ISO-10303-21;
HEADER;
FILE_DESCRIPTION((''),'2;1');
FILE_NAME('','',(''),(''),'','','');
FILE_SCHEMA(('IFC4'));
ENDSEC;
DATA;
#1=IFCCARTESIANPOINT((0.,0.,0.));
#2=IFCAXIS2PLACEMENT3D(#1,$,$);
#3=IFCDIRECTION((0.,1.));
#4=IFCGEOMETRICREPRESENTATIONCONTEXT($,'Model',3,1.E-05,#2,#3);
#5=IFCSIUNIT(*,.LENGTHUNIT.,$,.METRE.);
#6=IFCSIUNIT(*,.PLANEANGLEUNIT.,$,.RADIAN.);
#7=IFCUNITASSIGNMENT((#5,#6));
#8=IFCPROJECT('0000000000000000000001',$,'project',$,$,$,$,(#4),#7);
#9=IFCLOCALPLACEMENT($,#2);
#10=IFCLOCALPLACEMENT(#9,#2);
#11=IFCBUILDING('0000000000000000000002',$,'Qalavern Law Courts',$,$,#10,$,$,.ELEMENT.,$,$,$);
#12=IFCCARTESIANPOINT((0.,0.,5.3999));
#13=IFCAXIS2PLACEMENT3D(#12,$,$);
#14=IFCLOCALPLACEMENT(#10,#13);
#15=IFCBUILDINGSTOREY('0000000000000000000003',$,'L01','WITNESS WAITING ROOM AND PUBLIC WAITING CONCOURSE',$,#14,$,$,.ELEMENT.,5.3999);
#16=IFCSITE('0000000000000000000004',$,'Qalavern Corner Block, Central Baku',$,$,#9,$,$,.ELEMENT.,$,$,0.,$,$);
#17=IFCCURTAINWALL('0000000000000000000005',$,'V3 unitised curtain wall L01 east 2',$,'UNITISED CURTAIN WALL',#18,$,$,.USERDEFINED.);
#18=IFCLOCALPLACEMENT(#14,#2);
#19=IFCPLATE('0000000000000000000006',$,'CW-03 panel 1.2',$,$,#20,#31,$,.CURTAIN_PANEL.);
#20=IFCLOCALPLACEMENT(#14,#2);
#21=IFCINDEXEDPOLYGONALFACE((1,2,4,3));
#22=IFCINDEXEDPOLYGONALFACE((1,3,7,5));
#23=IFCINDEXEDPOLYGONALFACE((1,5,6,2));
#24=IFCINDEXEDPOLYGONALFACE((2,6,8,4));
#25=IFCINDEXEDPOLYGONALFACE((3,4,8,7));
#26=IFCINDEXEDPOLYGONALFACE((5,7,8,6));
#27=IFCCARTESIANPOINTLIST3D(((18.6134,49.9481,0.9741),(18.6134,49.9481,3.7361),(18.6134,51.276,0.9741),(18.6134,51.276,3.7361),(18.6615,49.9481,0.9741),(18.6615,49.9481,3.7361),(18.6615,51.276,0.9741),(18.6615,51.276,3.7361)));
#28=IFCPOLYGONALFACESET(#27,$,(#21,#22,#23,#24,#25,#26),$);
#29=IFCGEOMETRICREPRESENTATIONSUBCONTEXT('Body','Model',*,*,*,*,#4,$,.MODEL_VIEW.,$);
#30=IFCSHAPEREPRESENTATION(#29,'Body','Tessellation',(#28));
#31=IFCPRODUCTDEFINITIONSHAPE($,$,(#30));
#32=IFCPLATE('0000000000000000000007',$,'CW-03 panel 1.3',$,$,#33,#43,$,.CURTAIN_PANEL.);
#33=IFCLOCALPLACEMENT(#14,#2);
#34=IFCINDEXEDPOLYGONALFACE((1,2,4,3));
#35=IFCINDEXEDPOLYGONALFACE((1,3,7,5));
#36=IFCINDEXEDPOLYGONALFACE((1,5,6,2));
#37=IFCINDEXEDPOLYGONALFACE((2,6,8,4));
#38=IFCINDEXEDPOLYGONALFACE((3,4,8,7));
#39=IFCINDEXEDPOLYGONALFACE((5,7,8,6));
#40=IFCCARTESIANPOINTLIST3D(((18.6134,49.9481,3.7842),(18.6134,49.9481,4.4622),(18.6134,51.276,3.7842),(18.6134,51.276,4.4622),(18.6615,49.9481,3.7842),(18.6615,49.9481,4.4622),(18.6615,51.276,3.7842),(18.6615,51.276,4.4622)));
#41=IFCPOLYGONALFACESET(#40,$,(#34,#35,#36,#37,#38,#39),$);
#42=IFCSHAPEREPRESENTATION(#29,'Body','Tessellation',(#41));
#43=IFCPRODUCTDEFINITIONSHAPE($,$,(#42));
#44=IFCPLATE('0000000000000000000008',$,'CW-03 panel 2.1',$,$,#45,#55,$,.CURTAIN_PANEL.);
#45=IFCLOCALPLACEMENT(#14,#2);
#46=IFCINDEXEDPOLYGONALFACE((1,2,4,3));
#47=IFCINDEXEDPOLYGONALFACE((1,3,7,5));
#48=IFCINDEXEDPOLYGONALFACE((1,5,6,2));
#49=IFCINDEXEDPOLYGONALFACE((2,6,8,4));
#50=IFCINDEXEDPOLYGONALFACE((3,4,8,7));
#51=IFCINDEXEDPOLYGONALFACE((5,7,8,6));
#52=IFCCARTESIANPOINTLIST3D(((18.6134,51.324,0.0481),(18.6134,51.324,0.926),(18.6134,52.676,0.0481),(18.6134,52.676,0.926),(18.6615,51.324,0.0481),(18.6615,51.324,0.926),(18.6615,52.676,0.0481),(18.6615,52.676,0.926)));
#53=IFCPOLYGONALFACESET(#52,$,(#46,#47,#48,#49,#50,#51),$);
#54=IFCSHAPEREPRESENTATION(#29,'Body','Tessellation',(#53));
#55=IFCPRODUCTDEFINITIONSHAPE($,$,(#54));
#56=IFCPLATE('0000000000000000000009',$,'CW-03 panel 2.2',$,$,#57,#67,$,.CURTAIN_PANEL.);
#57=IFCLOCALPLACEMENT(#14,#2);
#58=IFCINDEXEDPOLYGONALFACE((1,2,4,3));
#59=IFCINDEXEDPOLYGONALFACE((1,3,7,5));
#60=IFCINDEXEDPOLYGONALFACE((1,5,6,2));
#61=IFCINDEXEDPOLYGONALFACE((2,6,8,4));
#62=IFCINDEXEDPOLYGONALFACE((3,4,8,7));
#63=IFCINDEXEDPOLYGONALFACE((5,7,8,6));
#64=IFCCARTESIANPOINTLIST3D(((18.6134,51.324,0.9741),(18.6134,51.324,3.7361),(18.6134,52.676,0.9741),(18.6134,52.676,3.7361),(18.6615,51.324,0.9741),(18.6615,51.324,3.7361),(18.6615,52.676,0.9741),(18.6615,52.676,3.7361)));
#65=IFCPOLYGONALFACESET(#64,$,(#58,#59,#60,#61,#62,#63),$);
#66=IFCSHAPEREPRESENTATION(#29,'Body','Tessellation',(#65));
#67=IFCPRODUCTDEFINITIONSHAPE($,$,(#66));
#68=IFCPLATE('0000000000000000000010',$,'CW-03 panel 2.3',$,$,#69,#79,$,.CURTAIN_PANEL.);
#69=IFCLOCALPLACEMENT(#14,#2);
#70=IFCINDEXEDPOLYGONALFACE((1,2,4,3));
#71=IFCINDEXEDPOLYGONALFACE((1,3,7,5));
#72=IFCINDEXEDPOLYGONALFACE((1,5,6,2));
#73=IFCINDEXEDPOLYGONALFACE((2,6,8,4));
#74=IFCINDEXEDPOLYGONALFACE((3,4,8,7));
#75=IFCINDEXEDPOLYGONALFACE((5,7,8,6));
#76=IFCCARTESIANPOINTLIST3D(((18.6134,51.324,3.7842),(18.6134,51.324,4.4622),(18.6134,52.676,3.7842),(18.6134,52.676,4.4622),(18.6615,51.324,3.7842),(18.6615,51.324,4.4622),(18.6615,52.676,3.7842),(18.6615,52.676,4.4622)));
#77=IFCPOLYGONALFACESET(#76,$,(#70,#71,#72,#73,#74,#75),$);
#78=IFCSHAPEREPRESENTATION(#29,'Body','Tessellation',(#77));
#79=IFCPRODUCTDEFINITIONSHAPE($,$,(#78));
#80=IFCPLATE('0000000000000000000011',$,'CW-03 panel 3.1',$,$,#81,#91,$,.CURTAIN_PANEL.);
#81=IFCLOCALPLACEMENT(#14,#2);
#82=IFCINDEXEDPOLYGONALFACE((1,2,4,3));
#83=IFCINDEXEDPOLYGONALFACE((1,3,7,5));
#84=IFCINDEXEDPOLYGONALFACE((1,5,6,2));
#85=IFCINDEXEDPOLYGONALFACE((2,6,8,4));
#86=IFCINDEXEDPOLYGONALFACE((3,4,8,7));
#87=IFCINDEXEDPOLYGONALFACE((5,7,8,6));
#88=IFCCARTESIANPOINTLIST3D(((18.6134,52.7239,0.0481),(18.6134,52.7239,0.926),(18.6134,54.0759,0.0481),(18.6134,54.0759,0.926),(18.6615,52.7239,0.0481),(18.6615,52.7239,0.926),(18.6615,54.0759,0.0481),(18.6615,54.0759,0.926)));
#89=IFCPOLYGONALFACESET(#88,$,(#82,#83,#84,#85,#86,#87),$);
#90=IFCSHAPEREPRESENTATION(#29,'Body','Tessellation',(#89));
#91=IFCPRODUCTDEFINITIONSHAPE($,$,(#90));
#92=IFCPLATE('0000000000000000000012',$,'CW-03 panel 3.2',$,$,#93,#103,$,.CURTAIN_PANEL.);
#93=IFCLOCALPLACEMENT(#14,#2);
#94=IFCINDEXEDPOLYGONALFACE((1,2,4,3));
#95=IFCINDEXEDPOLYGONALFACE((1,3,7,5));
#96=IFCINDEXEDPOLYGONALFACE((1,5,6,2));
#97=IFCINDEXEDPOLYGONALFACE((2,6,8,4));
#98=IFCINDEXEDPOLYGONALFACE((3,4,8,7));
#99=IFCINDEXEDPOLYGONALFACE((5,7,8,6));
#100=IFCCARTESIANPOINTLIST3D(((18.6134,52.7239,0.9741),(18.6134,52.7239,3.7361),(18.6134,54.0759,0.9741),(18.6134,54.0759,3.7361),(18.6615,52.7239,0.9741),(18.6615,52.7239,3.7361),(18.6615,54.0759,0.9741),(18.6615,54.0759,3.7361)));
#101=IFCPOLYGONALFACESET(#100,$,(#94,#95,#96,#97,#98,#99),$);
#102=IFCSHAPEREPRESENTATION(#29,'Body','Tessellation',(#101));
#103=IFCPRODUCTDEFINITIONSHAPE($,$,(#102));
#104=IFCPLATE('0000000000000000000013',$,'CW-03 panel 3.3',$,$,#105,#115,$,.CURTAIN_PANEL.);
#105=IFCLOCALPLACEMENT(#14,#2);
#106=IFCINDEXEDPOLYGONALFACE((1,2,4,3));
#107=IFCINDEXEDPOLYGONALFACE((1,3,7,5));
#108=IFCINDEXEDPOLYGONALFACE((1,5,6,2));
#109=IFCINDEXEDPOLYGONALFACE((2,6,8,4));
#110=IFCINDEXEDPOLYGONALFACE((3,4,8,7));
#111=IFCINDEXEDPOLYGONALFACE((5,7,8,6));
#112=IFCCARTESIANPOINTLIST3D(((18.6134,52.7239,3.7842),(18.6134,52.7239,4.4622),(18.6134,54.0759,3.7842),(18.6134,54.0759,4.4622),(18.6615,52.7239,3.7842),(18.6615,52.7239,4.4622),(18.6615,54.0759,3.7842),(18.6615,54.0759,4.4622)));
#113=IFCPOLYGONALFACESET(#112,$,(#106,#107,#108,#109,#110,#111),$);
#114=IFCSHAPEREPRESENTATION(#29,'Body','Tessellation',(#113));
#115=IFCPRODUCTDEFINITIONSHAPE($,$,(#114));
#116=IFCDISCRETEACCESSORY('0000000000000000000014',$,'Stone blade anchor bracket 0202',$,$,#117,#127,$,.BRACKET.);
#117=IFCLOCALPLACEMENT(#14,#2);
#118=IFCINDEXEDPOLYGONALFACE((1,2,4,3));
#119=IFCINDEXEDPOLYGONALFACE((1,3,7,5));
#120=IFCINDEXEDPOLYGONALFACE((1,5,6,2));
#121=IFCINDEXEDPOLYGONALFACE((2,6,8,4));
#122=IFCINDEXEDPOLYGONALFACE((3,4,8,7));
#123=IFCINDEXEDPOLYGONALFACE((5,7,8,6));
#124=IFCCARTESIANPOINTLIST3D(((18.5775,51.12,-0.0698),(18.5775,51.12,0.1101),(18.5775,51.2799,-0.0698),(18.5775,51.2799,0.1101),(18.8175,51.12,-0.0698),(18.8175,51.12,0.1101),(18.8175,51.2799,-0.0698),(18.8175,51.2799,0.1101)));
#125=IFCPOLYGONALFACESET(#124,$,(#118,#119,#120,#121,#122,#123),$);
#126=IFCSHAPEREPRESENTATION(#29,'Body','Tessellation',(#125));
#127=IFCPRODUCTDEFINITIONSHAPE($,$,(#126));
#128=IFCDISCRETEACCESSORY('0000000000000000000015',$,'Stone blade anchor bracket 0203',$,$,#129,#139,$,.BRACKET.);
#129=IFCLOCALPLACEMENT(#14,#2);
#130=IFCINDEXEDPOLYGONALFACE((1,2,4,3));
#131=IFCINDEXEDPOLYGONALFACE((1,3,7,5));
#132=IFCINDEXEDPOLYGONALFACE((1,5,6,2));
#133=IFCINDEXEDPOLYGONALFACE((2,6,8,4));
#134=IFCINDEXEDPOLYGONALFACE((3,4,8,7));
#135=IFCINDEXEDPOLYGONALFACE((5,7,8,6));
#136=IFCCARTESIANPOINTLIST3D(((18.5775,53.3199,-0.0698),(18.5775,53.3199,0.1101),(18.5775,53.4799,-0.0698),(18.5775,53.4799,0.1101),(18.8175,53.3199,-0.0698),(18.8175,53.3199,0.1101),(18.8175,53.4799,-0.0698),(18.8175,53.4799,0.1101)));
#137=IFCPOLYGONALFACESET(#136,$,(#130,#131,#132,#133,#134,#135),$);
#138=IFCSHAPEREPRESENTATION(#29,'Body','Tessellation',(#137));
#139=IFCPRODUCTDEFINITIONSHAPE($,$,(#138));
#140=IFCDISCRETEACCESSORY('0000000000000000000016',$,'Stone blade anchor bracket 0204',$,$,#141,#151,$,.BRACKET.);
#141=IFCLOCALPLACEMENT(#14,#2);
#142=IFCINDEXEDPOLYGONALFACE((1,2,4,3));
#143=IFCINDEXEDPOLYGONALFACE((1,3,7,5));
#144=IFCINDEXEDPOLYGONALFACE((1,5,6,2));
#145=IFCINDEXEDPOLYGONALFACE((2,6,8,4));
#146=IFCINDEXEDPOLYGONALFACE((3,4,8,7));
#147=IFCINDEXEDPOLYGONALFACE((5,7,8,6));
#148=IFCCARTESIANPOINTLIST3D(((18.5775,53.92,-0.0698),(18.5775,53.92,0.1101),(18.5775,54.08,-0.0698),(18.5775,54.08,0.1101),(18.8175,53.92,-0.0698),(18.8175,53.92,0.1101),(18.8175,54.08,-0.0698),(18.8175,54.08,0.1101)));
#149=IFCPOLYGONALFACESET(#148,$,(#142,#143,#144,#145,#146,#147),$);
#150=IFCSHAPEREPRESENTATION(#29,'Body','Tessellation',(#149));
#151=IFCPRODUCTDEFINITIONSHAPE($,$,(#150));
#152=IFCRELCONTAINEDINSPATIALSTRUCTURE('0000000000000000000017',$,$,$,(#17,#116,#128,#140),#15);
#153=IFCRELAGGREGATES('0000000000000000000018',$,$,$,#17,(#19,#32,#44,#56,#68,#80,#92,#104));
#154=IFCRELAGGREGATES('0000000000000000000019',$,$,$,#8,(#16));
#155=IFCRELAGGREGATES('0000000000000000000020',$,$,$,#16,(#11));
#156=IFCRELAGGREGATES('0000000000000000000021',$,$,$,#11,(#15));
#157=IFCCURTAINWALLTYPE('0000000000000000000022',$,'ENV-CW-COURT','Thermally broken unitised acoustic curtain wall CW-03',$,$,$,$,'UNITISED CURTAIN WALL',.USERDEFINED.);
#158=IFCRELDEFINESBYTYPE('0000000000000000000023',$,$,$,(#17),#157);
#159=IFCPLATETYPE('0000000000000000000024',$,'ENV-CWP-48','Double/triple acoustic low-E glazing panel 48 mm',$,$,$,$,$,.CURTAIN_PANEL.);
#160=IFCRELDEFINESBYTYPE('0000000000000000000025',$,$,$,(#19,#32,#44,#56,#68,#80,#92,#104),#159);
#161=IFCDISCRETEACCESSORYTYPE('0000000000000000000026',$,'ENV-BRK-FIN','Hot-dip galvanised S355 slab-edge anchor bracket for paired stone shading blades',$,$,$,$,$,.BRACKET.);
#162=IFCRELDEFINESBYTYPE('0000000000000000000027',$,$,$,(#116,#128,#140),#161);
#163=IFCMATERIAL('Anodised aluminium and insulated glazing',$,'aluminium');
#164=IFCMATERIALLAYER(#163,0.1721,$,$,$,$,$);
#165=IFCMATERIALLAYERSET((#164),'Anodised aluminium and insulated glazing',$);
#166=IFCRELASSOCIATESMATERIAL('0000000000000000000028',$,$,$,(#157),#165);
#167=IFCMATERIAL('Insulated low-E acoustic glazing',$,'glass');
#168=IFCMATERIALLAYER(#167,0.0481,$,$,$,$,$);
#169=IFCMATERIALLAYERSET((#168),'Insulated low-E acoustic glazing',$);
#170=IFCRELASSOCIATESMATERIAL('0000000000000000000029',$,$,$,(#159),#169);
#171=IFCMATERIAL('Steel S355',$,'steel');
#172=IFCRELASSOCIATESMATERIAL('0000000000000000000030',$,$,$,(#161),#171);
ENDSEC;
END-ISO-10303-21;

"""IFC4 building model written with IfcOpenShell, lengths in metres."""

from ifc_helpers import new_model, si_unit, direction, frame, origin, origin_2d, place, context, subcontext, project, spatial, rectangle, extrude, material, layer, layer_set, type_object, element, aggregate, save


model = new_model("IFC4")

# Units and contexts
model_context = context("Model", 3, precision=1e-05, world=origin(), true_north=direction((0.0, 1.0)))
body_context = subcontext(model_context, "Body", "Model", "MODEL_VIEW")
ifc_project = project(units=[si_unit("LENGTHUNIT", "METRE"), si_unit("PLANEANGLEUNIT", "RADIAN")], contexts=[model_context])

# Site, building, storey
site_placement = place(None, origin())
site = spatial("IfcSite", under=ifc_project, at=site_placement, Name="Qalavern Corner Block, Central Baku", CompositionType="ELEMENT", RefElevation=0.0)
building_placement = place(site_placement, origin())
building = spatial("IfcBuilding", under=site, at=building_placement, Name="Qalavern Law Courts", CompositionType="ELEMENT")
storey_placement = place(building_placement, frame((0.0, 0.0, 5.3999)))
storey = spatial("IfcBuildingStorey", under=building, at=storey_placement, Name="L01", Description="WITNESS WAITING ROOM AND PUBLIC WAITING CONCOURSE", CompositionType="ELEMENT", Elevation=5.3999)

# Curtain wall, plates
ifc_material_1 = material(Name="Anodised aluminium and insulated glazing", Category="aluminium")
ifc_layer_1 = layer(ifc_material_1, 0.1721)
ifc_layer_set_1 = layer_set([ifc_layer_1], Name="Anodised aluminium and insulated glazing")
curtain_wall_type = type_object("IfcCurtainWallType", Name="ENV-CW-COURT", Description="Thermally broken unitised acoustic curtain wall CW-03", ElementType="UNITISED CURTAIN WALL", PredefinedType="USERDEFINED", material=ifc_layer_set_1)
curtain_wall_placement = place(storey_placement, origin())
curtain_wall = element("IfcCurtainWall", 1, at=curtain_wall_placement, inside=storey, type_object=curtain_wall_type, Name="V3 unitised curtain wall L01 east 2", ObjectType="UNITISED CURTAIN WALL", PredefinedType="USERDEFINED")
ifc_material_2 = material(Name="Insulated low-E acoustic glazing", Category="glass")
ifc_layer_2 = layer(ifc_material_2, 0.0481)
ifc_layer_set_2 = layer_set([ifc_layer_2], Name="Insulated low-E acoustic glazing")
plate_type = type_object("IfcPlateType", Name="ENV-CWP-48", Description="Double/triple acoustic low-E glazing panel 48 mm", PredefinedType="CURTAIN_PANEL", material=ifc_layer_set_2)
plate_1_placement = place(storey_placement, frame((18.6375, 50.6121, 0.9741), z_axis=(0.0, 0.0, 1.0), x_axis=(0.0, 1.0, 0.0)))
plate_1 = element("IfcPlate", 2, at=plate_1_placement, type_object=plate_type, Name="CW-03 panel 1.2", PredefinedType="CURTAIN_PANEL", context=body_context, shape_type="SweptSolid", body=[
    extrude(rectangle(XDim=1.3279, YDim=0.0481, at=origin_2d()), origin(), (0.0, 0.0, 1.0), 2.762),
])
plate_2_placement = place(storey_placement, frame((18.6375, 50.6121, 3.7842), z_axis=(0.0, 0.0, 1.0), x_axis=(0.0, 1.0, 0.0)))
plate_2 = element("IfcPlate", 3, at=plate_2_placement, type_object=plate_type, Name="CW-03 panel 1.3", PredefinedType="CURTAIN_PANEL", context=body_context, shape_type="SweptSolid", body=[
    extrude(rectangle(XDim=1.3279, YDim=0.0481, at=origin_2d()), origin(), (0.0, 0.0, 1.0), 0.678),
])
plate_3_placement = place(storey_placement, frame((18.6375, 52.0, 0.0481), z_axis=(0.0, 0.0, 1.0), x_axis=(0.0, 1.0, 0.0)))
plate_3 = element("IfcPlate", 4, at=plate_3_placement, type_object=plate_type, Name="CW-03 panel 2.1", PredefinedType="CURTAIN_PANEL", context=body_context, shape_type="SweptSolid", body=[
    extrude(rectangle(XDim=1.3521, YDim=0.0481, at=origin_2d()), origin(), (0.0, 0.0, 1.0), 0.8779),
])
plate_4_placement = place(storey_placement, frame((18.6375, 52.0, 0.9741), z_axis=(0.0, 0.0, 1.0), x_axis=(0.0, 1.0, 0.0)))
plate_4 = element("IfcPlate", 5, at=plate_4_placement, type_object=plate_type, Name="CW-03 panel 2.2", PredefinedType="CURTAIN_PANEL", context=body_context, shape_type="SweptSolid", body=[
    extrude(rectangle(XDim=1.3521, YDim=0.0481, at=origin_2d()), origin(), (0.0, 0.0, 1.0), 2.762),
])
plate_5_placement = place(storey_placement, frame((18.6375, 52.0, 3.7842), z_axis=(0.0, 0.0, 1.0), x_axis=(0.0, 1.0, 0.0)))
plate_5 = element("IfcPlate", 6, at=plate_5_placement, type_object=plate_type, Name="CW-03 panel 2.3", PredefinedType="CURTAIN_PANEL", context=body_context, shape_type="SweptSolid", body=[
    extrude(rectangle(XDim=1.3521, YDim=0.0481, at=origin_2d()), origin(), (0.0, 0.0, 1.0), 0.678),
])
plate_6_placement = place(storey_placement, frame((18.6375, 53.3999, 0.0481), z_axis=(0.0, 0.0, 1.0), x_axis=(0.0, 1.0, 0.0)))
plate_6 = element("IfcPlate", 7, at=plate_6_placement, type_object=plate_type, Name="CW-03 panel 3.1", PredefinedType="CURTAIN_PANEL", context=body_context, shape_type="SweptSolid", body=[
    extrude(rectangle(XDim=1.3521, YDim=0.0481, at=origin_2d()), origin(), (0.0, 0.0, 1.0), 0.8779),
])
plate_7_placement = place(storey_placement, frame((18.6375, 53.3999, 0.9741), z_axis=(0.0, 0.0, 1.0), x_axis=(0.0, 1.0, 0.0)))
plate_7 = element("IfcPlate", 8, at=plate_7_placement, type_object=plate_type, Name="CW-03 panel 3.2", PredefinedType="CURTAIN_PANEL", context=body_context, shape_type="SweptSolid", body=[
    extrude(rectangle(XDim=1.3521, YDim=0.0481, at=origin_2d()), origin(), (0.0, 0.0, 1.0), 2.762),
])
plate_8_placement = place(storey_placement, frame((18.6375, 53.3999, 3.7842), z_axis=(0.0, 0.0, 1.0), x_axis=(0.0, 1.0, 0.0)))
plate_8 = element("IfcPlate", 9, at=plate_8_placement, type_object=plate_type, Name="CW-03 panel 3.3", PredefinedType="CURTAIN_PANEL", context=body_context, shape_type="SweptSolid", body=[
    extrude(rectangle(XDim=1.3521, YDim=0.0481, at=origin_2d()), origin(), (0.0, 0.0, 1.0), 0.678),
])
aggregate(curtain_wall, [plate_1, plate_2, plate_3, plate_4, plate_5, plate_6, plate_7, plate_8])

# Discrete accessories
ifc_material_3 = material(Name="Steel S355", Category="steel")
discrete_accessory_type = type_object("IfcDiscreteAccessoryType", Name="ENV-BRK-FIN", Description="Hot-dip galvanised S355 slab-edge anchor bracket for paired stone shading blades", PredefinedType="BRACKET", material=ifc_material_3)
for number, where, z_axis, x_axis, name in (
    (10, (18.6975, 51.2, -0.0698), (0.0, 0.0, 1.0), (1.0, 0.0, 0.0), "Stone blade anchor bracket 0202"),
    (11, (18.6975, 53.3999, -0.0698), (0.0, 0.0, 1.0), (1.0, 0.0, 0.0), "Stone blade anchor bracket 0203"),
    (12, (18.6975, 54.0, -0.0698), (0.0, 0.0, 1.0), (1.0, 0.0, 0.0), "Stone blade anchor bracket 0204"),
):
    element("IfcDiscreteAccessory", number, at=place(storey_placement, frame(where, z_axis=z_axis, x_axis=x_axis)), inside=storey, type_object=discrete_accessory_type, Name=name, PredefinedType="BRACKET", context=body_context, shape_type="SweptSolid", body=[
        extrude(rectangle(XDim=0.24, YDim=0.1599, at=origin_2d()), origin(), (0.0, 0.0, 1.0), 0.1799),
    ])

save(model, "model.ifc")
